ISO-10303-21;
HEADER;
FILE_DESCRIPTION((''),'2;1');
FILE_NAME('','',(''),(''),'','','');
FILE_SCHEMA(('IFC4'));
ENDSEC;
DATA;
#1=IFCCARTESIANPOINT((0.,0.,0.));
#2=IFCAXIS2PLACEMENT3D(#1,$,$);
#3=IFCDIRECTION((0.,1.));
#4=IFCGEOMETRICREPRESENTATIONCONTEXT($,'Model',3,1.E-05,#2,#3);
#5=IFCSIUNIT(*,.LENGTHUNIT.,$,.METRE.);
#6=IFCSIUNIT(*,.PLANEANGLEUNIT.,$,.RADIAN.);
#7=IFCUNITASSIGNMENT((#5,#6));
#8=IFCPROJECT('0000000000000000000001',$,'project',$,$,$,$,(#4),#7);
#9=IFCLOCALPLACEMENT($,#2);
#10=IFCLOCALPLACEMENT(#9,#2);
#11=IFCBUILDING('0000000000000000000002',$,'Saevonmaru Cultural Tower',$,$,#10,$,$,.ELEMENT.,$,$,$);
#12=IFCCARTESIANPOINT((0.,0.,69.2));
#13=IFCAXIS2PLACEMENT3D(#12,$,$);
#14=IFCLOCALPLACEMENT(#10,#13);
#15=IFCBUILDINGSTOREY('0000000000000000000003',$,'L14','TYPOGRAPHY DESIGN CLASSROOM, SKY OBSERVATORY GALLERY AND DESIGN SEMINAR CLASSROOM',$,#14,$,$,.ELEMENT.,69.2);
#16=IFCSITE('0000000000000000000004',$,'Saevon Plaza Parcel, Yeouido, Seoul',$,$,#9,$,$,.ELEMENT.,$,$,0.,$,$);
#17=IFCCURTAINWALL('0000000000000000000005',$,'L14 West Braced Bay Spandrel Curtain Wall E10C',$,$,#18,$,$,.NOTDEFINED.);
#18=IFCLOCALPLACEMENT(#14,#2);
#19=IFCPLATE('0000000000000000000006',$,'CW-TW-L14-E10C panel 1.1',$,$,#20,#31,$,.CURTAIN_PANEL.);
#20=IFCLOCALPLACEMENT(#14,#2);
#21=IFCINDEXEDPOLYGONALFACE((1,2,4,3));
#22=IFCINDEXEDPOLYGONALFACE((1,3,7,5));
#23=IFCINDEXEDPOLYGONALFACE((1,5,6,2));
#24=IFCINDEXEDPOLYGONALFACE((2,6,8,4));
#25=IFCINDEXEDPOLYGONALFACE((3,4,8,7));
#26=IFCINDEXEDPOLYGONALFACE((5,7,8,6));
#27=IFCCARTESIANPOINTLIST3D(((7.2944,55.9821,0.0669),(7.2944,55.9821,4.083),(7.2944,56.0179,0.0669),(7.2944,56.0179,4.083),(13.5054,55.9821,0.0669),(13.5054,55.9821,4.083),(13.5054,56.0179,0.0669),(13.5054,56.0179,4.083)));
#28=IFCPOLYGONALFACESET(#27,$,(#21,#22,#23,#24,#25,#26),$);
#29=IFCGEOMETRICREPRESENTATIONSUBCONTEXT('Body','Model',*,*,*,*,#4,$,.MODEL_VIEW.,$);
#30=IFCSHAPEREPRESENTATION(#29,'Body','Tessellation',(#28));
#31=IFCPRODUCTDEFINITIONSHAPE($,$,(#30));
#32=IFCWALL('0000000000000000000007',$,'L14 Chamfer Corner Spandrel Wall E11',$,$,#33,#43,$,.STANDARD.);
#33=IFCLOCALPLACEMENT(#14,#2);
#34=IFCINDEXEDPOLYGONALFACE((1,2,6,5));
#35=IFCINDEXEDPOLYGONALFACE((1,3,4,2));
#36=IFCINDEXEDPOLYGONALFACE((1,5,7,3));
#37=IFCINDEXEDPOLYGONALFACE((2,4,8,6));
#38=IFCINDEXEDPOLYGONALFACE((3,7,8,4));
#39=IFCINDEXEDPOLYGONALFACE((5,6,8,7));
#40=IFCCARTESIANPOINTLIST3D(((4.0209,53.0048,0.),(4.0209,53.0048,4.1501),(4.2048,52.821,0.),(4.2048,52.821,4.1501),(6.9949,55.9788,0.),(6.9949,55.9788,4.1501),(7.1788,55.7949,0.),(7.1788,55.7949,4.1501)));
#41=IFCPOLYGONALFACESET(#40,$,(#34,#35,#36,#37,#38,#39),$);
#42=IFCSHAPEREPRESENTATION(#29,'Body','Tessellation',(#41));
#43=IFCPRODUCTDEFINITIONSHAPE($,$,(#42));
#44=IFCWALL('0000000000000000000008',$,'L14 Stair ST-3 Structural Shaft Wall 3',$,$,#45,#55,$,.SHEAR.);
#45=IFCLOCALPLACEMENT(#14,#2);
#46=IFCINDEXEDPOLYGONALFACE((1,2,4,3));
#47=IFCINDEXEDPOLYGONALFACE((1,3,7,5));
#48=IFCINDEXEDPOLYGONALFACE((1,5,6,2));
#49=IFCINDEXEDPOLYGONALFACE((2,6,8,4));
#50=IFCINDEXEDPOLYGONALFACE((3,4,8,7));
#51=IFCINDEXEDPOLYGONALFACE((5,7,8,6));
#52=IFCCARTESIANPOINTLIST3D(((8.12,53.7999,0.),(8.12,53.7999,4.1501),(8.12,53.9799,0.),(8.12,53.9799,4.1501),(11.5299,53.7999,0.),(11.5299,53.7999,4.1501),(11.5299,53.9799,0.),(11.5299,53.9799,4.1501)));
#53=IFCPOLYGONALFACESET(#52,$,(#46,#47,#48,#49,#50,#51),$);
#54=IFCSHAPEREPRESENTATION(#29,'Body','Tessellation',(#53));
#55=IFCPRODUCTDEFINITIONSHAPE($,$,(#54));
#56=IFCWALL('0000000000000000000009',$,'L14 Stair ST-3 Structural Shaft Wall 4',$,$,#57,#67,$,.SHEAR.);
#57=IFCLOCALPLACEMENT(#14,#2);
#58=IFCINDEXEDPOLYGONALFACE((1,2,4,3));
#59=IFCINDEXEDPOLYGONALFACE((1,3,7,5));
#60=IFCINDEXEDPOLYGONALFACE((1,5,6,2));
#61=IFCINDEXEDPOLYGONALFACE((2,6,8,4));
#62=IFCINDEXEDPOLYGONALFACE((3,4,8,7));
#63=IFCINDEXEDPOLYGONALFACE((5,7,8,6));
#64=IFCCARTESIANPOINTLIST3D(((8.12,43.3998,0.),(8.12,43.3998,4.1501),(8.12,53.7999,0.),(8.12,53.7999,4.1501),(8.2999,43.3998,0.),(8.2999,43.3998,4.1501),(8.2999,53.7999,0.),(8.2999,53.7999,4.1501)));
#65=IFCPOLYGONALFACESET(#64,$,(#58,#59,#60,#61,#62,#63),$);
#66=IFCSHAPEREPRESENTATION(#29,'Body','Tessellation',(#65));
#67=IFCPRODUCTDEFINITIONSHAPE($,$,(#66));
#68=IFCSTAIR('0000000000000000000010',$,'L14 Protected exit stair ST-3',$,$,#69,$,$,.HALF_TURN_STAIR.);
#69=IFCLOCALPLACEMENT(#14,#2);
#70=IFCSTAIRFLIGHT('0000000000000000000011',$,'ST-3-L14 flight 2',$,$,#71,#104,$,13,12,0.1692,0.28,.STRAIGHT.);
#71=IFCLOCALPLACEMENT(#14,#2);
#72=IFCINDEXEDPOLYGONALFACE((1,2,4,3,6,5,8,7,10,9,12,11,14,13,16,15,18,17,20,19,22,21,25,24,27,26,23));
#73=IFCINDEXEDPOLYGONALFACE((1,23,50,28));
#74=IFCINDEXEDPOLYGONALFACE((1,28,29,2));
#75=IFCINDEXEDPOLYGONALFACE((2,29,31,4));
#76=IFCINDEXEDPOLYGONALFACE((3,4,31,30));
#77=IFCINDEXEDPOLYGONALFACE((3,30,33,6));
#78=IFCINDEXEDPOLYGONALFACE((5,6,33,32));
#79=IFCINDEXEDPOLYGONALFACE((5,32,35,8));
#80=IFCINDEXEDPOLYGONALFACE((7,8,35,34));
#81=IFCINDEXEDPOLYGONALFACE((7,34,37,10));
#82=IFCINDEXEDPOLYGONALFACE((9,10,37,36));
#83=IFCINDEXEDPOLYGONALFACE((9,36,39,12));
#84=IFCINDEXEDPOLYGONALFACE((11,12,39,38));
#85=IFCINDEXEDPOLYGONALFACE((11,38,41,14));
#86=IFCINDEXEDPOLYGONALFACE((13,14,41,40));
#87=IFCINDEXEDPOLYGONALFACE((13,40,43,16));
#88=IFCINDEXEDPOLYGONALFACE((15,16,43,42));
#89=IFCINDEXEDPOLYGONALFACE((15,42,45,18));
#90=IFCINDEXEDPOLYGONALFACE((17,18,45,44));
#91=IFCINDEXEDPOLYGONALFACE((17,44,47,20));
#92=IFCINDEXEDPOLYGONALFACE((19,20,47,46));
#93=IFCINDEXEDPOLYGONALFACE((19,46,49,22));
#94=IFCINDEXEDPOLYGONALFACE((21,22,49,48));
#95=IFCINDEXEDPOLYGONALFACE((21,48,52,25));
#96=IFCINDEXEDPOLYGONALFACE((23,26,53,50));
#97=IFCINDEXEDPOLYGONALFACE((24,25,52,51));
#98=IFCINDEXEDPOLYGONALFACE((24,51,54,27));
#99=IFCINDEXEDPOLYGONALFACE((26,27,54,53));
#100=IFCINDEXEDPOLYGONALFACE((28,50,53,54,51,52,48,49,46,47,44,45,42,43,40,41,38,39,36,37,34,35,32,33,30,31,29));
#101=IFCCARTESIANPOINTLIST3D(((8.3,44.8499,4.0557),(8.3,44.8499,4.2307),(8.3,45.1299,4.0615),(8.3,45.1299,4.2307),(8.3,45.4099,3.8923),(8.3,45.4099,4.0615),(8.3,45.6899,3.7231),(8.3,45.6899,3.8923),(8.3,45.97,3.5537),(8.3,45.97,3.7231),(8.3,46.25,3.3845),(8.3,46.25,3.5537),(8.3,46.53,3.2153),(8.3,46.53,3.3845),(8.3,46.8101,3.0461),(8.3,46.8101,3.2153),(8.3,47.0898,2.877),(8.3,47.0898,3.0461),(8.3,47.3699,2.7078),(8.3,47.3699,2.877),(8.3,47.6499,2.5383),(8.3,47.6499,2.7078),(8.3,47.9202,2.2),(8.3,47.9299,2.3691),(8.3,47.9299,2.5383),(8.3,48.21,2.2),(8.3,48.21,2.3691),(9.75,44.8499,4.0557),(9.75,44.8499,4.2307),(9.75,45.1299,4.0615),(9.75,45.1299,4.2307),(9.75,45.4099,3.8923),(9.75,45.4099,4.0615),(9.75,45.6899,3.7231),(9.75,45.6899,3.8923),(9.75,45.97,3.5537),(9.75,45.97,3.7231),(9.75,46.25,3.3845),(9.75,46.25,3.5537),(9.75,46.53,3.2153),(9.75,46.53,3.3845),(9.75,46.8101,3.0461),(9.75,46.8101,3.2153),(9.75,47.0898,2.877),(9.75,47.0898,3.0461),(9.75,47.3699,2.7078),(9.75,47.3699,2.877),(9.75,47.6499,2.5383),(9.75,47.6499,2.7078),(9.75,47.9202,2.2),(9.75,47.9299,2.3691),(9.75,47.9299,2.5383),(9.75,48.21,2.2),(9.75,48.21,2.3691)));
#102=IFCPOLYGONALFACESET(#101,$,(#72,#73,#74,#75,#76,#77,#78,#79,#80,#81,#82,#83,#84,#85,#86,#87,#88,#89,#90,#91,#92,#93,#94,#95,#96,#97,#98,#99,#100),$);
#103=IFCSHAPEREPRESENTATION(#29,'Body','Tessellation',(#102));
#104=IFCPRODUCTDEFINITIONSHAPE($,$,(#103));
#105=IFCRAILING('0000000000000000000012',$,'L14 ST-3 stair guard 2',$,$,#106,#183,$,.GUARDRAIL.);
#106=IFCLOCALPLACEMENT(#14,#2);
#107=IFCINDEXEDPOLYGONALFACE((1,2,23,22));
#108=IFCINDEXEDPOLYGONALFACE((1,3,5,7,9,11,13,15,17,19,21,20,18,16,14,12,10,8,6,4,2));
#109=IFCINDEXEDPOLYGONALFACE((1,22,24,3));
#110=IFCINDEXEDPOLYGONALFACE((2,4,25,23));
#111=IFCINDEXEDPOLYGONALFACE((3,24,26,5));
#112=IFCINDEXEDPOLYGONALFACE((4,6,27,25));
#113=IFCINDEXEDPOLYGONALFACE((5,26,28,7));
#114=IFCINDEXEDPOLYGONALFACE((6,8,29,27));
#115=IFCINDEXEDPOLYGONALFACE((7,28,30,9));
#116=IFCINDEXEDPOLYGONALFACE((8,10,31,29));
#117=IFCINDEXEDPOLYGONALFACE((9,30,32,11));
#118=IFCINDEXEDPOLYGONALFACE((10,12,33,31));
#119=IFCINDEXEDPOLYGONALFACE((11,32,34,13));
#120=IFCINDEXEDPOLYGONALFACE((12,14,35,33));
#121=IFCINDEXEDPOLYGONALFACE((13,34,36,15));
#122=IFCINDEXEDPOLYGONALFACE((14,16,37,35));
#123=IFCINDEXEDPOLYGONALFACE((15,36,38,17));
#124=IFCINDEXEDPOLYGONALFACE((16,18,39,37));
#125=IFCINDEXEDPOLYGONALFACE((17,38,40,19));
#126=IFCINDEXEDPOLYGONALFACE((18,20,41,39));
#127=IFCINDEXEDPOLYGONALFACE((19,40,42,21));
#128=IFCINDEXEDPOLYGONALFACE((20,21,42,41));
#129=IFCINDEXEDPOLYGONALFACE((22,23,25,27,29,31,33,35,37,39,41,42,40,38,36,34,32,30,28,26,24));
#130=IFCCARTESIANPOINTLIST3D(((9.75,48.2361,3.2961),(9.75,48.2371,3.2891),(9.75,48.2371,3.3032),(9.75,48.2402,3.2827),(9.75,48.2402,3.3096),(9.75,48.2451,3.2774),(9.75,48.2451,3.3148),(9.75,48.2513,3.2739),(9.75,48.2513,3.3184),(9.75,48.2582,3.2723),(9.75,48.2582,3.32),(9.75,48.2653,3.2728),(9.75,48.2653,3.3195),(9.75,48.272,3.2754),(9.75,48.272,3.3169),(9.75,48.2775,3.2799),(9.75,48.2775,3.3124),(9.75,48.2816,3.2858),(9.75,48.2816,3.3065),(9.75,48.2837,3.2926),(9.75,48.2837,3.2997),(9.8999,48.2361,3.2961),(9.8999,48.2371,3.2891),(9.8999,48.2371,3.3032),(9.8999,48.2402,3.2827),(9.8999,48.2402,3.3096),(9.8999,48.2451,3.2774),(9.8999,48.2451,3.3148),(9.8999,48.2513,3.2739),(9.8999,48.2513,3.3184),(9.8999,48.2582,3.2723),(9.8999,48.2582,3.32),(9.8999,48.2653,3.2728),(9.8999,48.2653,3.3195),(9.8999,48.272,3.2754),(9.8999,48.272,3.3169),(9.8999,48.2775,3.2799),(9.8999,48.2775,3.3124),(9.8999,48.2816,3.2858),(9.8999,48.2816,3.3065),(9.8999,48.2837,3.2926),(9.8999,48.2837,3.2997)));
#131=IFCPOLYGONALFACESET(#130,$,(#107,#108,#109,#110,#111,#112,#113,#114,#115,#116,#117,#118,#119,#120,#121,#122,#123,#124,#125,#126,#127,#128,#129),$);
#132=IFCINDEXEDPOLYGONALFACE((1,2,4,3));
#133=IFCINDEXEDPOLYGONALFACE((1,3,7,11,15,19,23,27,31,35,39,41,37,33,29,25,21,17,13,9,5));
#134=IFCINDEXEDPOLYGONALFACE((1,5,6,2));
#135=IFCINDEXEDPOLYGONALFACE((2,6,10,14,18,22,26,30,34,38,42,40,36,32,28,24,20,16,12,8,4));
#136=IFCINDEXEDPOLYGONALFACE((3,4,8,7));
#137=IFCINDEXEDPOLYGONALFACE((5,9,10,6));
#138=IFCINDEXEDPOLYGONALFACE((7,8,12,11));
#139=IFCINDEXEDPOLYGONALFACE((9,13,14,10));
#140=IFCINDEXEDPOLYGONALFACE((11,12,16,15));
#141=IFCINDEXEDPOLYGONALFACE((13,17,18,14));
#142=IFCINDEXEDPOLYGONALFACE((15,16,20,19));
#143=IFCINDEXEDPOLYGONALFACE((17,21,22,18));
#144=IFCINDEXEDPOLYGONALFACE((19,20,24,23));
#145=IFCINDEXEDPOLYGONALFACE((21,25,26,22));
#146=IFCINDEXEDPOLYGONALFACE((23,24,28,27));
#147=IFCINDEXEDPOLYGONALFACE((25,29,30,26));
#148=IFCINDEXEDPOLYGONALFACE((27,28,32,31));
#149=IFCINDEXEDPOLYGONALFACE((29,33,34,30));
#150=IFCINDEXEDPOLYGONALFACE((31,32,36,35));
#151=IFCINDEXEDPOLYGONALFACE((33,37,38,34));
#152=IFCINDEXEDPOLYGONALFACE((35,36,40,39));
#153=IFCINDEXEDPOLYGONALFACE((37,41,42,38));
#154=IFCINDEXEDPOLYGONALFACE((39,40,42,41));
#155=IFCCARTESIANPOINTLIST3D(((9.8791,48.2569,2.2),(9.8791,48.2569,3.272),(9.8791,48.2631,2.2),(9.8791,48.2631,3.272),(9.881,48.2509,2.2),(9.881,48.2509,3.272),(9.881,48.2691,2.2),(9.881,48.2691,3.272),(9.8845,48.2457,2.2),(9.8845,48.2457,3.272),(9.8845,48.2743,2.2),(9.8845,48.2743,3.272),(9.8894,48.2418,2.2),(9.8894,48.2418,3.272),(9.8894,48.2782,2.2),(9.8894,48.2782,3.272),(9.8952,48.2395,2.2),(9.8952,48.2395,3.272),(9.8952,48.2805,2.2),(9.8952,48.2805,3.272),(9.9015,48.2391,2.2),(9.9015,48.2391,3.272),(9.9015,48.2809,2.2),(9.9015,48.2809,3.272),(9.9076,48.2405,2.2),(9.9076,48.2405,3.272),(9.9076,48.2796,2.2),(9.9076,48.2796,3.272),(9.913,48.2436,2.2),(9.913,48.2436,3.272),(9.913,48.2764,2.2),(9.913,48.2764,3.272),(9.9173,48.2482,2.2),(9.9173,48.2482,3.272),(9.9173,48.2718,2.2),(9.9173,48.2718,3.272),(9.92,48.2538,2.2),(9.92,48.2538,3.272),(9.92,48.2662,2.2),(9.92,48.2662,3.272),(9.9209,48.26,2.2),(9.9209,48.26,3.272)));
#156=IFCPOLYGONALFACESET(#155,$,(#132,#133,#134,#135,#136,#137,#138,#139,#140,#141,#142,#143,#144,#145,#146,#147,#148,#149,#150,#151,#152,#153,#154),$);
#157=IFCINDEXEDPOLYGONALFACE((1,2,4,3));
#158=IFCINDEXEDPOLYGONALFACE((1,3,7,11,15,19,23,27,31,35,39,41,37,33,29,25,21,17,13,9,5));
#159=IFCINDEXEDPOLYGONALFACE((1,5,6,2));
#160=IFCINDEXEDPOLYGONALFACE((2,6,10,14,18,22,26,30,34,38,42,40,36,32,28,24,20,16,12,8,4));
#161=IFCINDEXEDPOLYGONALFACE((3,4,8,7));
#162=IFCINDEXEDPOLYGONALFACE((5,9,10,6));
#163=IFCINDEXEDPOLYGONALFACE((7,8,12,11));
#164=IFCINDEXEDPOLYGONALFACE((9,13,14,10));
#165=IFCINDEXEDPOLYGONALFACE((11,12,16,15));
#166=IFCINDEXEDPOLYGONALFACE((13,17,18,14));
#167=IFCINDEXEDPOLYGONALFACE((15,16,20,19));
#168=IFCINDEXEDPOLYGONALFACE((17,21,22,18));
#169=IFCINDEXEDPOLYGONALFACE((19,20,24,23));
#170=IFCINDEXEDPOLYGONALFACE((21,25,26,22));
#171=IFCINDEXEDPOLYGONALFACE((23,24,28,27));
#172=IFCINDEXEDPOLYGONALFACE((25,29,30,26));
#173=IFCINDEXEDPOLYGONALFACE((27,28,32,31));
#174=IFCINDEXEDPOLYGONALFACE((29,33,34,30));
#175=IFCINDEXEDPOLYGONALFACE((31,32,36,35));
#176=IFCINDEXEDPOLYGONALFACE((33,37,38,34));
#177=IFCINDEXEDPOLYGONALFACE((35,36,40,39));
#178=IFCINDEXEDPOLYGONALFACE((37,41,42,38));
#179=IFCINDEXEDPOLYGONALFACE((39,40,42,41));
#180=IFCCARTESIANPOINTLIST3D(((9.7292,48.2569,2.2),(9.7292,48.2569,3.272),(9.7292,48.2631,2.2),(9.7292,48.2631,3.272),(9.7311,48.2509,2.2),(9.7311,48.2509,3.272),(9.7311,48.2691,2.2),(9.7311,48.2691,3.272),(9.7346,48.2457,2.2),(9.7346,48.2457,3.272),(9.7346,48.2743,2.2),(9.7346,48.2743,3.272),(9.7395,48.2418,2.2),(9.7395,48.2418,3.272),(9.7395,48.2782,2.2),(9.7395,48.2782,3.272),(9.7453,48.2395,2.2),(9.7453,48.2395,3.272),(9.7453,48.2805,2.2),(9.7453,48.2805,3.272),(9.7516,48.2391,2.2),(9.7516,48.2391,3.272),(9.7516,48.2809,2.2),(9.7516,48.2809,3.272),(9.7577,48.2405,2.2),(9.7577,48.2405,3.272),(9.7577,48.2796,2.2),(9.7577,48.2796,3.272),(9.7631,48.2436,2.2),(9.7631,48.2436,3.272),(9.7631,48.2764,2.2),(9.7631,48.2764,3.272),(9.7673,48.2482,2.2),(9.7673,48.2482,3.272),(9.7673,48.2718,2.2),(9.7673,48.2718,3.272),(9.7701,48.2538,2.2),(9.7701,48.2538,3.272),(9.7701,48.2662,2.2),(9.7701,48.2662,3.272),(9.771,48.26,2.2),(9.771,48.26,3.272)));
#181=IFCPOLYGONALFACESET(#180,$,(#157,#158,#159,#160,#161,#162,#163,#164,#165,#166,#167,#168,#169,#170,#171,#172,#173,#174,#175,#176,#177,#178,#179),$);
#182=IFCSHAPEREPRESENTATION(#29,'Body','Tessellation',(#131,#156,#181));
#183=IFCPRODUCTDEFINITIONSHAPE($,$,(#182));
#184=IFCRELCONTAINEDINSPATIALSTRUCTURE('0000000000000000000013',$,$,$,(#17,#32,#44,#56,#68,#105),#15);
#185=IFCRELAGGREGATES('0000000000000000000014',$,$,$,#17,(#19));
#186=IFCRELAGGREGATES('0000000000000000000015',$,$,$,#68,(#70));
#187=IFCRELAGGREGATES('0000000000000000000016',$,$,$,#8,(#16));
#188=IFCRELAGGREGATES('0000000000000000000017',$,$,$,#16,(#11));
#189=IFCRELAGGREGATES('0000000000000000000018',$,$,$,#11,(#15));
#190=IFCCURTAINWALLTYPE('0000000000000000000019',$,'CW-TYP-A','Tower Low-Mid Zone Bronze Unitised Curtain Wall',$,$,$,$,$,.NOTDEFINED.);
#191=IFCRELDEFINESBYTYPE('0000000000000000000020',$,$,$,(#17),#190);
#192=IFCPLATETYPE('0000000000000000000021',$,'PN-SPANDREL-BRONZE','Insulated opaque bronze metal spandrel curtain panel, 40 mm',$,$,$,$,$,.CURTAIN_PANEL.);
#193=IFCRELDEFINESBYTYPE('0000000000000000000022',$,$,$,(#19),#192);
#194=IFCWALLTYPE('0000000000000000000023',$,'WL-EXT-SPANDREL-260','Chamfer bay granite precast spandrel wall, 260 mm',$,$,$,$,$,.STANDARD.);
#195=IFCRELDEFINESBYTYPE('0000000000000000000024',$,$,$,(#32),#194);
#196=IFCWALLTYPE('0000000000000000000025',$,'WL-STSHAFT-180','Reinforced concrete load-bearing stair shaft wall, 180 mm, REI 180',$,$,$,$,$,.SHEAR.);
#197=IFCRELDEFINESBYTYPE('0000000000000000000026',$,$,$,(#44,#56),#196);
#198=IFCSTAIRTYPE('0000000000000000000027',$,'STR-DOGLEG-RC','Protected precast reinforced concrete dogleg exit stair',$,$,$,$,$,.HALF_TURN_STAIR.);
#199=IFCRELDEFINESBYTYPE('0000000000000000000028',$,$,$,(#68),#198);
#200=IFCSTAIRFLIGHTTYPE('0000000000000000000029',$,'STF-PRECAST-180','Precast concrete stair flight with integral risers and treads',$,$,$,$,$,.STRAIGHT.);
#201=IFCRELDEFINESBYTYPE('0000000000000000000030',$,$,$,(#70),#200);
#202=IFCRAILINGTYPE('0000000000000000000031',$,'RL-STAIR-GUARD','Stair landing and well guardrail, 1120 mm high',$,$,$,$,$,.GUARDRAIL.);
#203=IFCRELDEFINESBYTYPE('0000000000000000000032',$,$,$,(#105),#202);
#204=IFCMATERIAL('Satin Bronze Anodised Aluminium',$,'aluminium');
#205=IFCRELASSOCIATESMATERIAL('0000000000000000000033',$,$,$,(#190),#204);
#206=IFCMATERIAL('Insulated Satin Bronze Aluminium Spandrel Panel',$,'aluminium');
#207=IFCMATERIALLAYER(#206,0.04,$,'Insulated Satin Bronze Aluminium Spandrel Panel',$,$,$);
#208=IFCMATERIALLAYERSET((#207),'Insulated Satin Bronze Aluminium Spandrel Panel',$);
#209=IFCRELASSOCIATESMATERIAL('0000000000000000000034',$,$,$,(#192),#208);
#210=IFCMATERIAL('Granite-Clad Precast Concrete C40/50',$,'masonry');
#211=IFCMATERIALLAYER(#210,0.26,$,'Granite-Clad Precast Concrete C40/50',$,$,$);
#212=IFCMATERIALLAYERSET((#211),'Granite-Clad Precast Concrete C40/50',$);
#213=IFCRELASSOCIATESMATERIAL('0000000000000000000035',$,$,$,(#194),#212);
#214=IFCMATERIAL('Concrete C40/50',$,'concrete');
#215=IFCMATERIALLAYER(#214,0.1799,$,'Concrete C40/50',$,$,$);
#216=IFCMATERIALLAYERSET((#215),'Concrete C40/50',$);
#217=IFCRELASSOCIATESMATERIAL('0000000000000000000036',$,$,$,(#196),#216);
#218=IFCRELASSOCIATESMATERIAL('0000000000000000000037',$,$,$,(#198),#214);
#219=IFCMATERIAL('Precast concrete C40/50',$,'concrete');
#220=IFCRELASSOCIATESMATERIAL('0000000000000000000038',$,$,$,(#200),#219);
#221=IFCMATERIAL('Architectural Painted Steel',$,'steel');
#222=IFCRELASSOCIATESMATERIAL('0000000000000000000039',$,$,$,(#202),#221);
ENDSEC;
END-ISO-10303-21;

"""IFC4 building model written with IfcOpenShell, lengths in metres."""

from ifc_helpers import new_model, si_unit, direction, frame, frame_2d, origin, origin_2d, place, context, subcontext, project, spatial, polyline, rectangle, circle, outline, extrude, material, layer, layer_set, type_object, element, aggregate, save


model = new_model("IFC4")

# Units and contexts
model_context = context("Model", 3, precision=1e-05, world=origin(), true_north=direction((0.0, 1.0)))
body_context = subcontext(model_context, "Body", "Model", "MODEL_VIEW")
ifc_project = project(units=[si_unit("LENGTHUNIT", "METRE"), si_unit("PLANEANGLEUNIT", "RADIAN")], contexts=[model_context])

# Site, building, storey
site_placement = place(None, origin())
site = spatial("IfcSite", under=ifc_project, at=site_placement, Name="Saevon Plaza Parcel, Yeouido, Seoul", CompositionType="ELEMENT", RefElevation=0.0)
building_placement = place(site_placement, origin())
building = spatial("IfcBuilding", under=site, at=building_placement, Name="Saevonmaru Cultural Tower", CompositionType="ELEMENT")
storey_placement = place(building_placement, frame((0.0, 0.0, 69.2)))
storey = spatial("IfcBuildingStorey", under=building, at=storey_placement, Name="L14", Description="TYPOGRAPHY DESIGN CLASSROOM, SKY OBSERVATORY GALLERY AND DESIGN SEMINAR CLASSROOM", CompositionType="ELEMENT", Elevation=69.2)

# Curtain wall
ifc_material_1 = material(Name="Satin Bronze Anodised Aluminium", Category="aluminium")
curtain_wall_type = type_object("IfcCurtainWallType", Name="CW-TYP-A", Description="Tower Low-Mid Zone Bronze Unitised Curtain Wall", PredefinedType="NOTDEFINED", material=ifc_material_1)
curtain_wall_1_placement = place(storey_placement, origin())
curtain_wall_1 = element("IfcCurtainWall", 1, at=curtain_wall_1_placement, inside=storey, type_object=curtain_wall_type, Name="L14 West Braced Bay Spandrel Curtain Wall E10C", PredefinedType="NOTDEFINED")

# Plate
ifc_material_2 = material(Name="Insulated Satin Bronze Aluminium Spandrel Panel", Category="aluminium")
ifc_layer_1 = layer(ifc_material_2, 0.04, Name="Insulated Satin Bronze Aluminium Spandrel Panel")
ifc_layer_set_1 = layer_set([ifc_layer_1], Name="Insulated Satin Bronze Aluminium Spandrel Panel")
plate_type_1 = type_object("IfcPlateType", Name="PN-SPANDREL-BRONZE", Description="Insulated opaque bronze metal spandrel curtain panel, 40 mm", PredefinedType="CURTAIN_PANEL", material=ifc_layer_set_1)
plate_1_placement = place(storey_placement, frame((10.3999, 56.0, 0.0669), z_axis=(0.0, 0.0, 1.0), x_axis=(-1.0, 0.0, 0.0)))
plate_1 = element("IfcPlate", 2, at=plate_1_placement, type_object=plate_type_1, Name="CW-TW-L14-E10C panel 1.1", PredefinedType="CURTAIN_PANEL", context=body_context, shape_type="SweptSolid", body=[
    extrude(rectangle(XDim=6.2109, YDim=0.0359, at=origin_2d()), origin(), (0.0, 0.0, 1.0), 4.0161),
])
aggregate(curtain_wall_1, [plate_1])

# Walls
ifc_material_3 = material(Name="Granite-Clad Precast Concrete C40/50", Category="masonry")
ifc_layer_2 = layer(ifc_material_3, 0.26, Name="Granite-Clad Precast Concrete C40/50")
ifc_layer_set_2 = layer_set([ifc_layer_2], Name="Granite-Clad Precast Concrete C40/50")
wall_type_1 = type_object("IfcWallType", Name="WL-EXT-SPANDREL-260", Description="Chamfer bay granite precast spandrel wall, 260 mm", PredefinedType="STANDARD", material=ifc_layer_set_2)
wall_1_placement = place(storey_placement, frame((7.0869, 55.887, 0.0), z_axis=(0.0, 0.0, 1.0), x_axis=(-0.707107, -0.707107, 0.0)))
element("IfcWall", 3, at=wall_1_placement, inside=storey, type_object=wall_type_1, Name="L14 Chamfer Corner Spandrel Wall E11", PredefinedType="STANDARD", context=body_context, shape_type="SweptSolid", body=[
    extrude(rectangle(XDim=4.2058, YDim=0.26, at=frame_2d((2.103, 0.0))), origin(), (0.0, 0.0, 1.0), 4.1501),
])
ifc_material_4 = material(Name="Concrete C40/50", Category="concrete")
ifc_layer_3 = layer(ifc_material_4, 0.1799, Name="Concrete C40/50")
ifc_layer_set_3 = layer_set([ifc_layer_3], Name="Concrete C40/50")
wall_type_2 = type_object("IfcWallType", Name="WL-STSHAFT-180", Description="Reinforced concrete load-bearing stair shaft wall, 180 mm, REI 180", PredefinedType="SHEAR", material=ifc_layer_set_3)
wall_2_placement = place(storey_placement, frame((11.53, 53.8899, 0.0), z_axis=(0.0, 0.0, 1.0), x_axis=(-1.0, 0.0, 0.0)))
element("IfcWall", 4, at=wall_2_placement, inside=storey, type_object=wall_type_2, Name="L14 Stair ST-3 Structural Shaft Wall 3", PredefinedType="SHEAR", context=body_context, shape_type="SweptSolid", body=[
    extrude(rectangle(XDim=3.4099, YDim=0.1799, at=frame_2d((1.7051, 0.0))), origin(), (0.0, 0.0, 1.0), 4.1501),
])
wall_3_placement = place(storey_placement, frame((8.21, 53.8, 0.0), z_axis=(0.0, 0.0, 1.0), x_axis=(0.0, -1.0, 0.0)))
element("IfcWall", 5, at=wall_3_placement, inside=storey, type_object=wall_type_2, Name="L14 Stair ST-3 Structural Shaft Wall 4", PredefinedType="SHEAR", context=body_context, shape_type="SweptSolid", body=[
    extrude(rectangle(XDim=10.4001, YDim=0.1799, at=frame_2d((5.2002, 0.0))), origin(), (0.0, 0.0, 1.0), 4.1501),
])

# Stair, stair flight
stair_type = type_object("IfcStairType", Name="STR-DOGLEG-RC", Description="Protected precast reinforced concrete dogleg exit stair", PredefinedType="HALF_TURN_STAIR", material=ifc_material_4)
stair_placement = place(storey_placement, origin())
stair = element("IfcStair", 6, at=stair_placement, inside=storey, type_object=stair_type, Name="L14 Protected exit stair ST-3", PredefinedType="HALF_TURN_STAIR")
ifc_material_5 = material(Name="Precast concrete C40/50", Category="concrete")
stair_flight_type = type_object("IfcStairFlightType", Name="STF-PRECAST-180", Description="Precast concrete stair flight with integral risers and treads", PredefinedType="STRAIGHT", material=ifc_material_5)
stair_flight_placement = place(storey_placement, frame((9.0249, 48.21, 2.2), z_axis=(0.0, 0.0, 1.0), x_axis=(0.0, -1.0, 0.0)))
stair_flight = element("IfcStairFlight", 7, at=stair_flight_placement, type_object=stair_flight_type, Name="ST-3-L14 flight 2", NumberOfRisers=13, NumberOfTreads=12, PredefinedType="STRAIGHT", RiserHeight=0.1692, TreadLength=0.28, context=body_context, shape_type="SweptSolid", body=[
    extrude(outline(polyline([(0.0, 0.0), (0.0, 0.1692), (0.28, 0.1692), (0.28, 0.3384), (0.5601, 0.3384), (0.5601, 0.5078), (0.8401, 0.5078), (0.8401, 0.677), (1.1201, 0.677), (1.1201, 0.8462), (1.3999, 0.8462), (1.3999, 1.0154), (1.6799, 1.0154), (1.6799, 1.1846), (1.96, 1.1846), (1.96, 1.3538), (2.24, 1.3538), (2.24, 1.5232), (2.52, 1.5232), (2.52, 1.6924), (2.8, 1.6924), (2.8, 1.8616), (3.0801, 1.8616), (3.0801, 2.0308), (3.3601, 2.0308), (3.3601, 2.2), (3.3601, 1.8557), (0.2898, 0.0), (0.0, 0.0)])), frame((0.0, 0.7251, 0.0), z_axis=(0.0, -1.0, 0.0), x_axis=(1.0, 0.0, 0.0)), (0.0, 0.0, 1.0), 1.45),
])
aggregate(stair, [stair_flight])

# Railing
ifc_material_6 = material(Name="Architectural Painted Steel", Category="steel")
railing_type_1 = type_object("IfcRailingType", Name="RL-STAIR-GUARD", Description="Stair landing and well guardrail, 1120 mm high", PredefinedType="GUARDRAIL", material=ifc_material_6)
railing_1_placement = place(storey_placement, frame((9.8999, 48.26, 2.2)))
element("IfcRailing", 8, at=railing_1_placement, inside=storey, type_object=railing_type_1, Name="L14 ST-3 stair guard 2", PredefinedType="GUARDRAIL", context=body_context, shape_type="SweptSolid", body=[
    extrude(circle(Radius=0.0239, at=origin_2d()), frame((0.0, 0.0, 1.0962), z_axis=(-1.0, 0.0, 0.0), x_axis=(0.0, -1.0, 0.0)), (0.0, 0.0, 1.0), 0.1499),
    extrude(circle(Radius=0.021, at=origin_2d()), origin(), (0.0, 0.0, 1.0), 1.072),
    extrude(circle(Radius=0.021, at=origin_2d()), frame((-0.1499, 0.0, 0.0)), (0.0, 0.0, 1.0), 1.072),
])

save(model, "model.ifc")
